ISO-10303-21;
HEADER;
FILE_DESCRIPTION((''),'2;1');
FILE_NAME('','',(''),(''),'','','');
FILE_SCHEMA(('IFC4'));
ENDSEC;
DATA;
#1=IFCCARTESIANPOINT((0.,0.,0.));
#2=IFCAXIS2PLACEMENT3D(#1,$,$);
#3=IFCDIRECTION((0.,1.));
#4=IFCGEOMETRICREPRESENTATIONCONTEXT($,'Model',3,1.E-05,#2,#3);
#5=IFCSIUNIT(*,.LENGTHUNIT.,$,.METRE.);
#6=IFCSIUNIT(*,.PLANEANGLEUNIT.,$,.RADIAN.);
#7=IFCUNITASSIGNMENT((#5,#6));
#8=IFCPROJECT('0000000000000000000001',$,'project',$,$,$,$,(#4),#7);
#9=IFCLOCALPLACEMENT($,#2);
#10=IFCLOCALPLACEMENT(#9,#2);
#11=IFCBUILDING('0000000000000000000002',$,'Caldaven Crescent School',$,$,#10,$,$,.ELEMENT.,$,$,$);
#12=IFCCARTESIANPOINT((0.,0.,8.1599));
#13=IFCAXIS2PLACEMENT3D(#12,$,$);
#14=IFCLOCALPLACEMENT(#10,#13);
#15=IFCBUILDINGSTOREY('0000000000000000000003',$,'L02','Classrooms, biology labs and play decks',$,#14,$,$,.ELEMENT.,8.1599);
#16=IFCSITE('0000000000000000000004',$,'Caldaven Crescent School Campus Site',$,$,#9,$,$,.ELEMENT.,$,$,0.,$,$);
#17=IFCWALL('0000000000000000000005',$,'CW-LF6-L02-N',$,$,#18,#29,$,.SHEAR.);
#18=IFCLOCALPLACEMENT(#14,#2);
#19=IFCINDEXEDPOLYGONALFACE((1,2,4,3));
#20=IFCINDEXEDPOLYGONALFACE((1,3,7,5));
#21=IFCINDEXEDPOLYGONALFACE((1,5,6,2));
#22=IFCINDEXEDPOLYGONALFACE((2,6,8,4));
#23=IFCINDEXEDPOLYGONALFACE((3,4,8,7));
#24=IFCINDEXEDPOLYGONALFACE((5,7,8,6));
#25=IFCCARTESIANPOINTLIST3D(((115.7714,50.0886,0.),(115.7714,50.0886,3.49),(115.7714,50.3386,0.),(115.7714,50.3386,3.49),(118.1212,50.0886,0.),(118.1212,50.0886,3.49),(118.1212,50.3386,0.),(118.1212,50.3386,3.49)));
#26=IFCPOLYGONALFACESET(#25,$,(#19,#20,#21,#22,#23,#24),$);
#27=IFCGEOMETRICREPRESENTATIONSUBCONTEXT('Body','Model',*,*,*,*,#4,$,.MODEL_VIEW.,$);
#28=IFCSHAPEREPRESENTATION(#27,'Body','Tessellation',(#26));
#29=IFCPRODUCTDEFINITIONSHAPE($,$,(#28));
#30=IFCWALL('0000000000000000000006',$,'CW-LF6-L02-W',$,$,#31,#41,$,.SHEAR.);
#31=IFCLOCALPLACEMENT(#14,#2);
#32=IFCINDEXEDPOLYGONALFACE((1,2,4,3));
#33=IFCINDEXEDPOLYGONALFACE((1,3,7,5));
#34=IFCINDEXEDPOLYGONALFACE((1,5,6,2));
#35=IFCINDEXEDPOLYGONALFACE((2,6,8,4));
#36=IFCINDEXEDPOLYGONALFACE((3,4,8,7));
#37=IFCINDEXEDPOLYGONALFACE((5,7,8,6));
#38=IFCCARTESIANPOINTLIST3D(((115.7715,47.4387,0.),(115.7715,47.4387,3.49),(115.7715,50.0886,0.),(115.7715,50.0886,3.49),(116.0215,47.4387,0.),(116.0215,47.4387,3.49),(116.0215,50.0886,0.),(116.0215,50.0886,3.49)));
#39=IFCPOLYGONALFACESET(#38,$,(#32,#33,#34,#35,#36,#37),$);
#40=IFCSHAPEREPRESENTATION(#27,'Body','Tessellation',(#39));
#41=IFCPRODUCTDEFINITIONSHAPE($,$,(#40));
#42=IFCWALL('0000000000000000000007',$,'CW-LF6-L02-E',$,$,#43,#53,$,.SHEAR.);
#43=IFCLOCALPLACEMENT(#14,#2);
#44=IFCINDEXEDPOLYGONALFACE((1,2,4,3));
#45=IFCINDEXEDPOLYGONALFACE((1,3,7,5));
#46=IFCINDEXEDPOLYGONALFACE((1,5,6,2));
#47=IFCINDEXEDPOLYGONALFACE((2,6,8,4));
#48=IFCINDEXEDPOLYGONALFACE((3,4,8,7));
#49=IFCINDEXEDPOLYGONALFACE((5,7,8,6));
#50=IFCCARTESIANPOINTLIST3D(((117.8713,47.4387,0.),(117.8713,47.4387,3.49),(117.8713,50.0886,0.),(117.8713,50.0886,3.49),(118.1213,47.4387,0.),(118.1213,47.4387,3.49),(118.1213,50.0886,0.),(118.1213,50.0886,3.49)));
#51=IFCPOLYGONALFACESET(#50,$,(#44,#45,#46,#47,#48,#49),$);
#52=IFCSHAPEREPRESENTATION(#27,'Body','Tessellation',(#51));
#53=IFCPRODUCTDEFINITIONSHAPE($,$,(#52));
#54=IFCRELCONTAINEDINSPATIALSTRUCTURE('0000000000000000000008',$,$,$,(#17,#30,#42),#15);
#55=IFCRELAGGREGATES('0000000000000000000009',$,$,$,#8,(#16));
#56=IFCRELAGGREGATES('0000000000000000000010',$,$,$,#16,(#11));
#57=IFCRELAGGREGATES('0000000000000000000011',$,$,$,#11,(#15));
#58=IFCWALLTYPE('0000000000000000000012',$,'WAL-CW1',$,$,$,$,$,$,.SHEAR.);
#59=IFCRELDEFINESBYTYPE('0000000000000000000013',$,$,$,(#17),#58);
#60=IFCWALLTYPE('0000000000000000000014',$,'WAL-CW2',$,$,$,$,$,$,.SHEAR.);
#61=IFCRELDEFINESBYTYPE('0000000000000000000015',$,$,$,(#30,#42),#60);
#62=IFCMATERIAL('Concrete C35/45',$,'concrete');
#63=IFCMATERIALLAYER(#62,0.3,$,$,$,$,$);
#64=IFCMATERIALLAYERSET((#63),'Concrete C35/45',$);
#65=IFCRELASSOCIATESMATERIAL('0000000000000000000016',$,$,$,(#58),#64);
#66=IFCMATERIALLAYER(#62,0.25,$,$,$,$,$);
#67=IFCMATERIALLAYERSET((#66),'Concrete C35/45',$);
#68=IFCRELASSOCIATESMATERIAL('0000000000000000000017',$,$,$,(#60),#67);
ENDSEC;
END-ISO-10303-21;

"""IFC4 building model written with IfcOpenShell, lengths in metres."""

from ifc_helpers import new_model, si_unit, direction, frame, frame_2d, origin, place, context, subcontext, project, spatial, rectangle, extrude, material, layer, layer_set, type_object, element, save


model = new_model("IFC4")

# Units and contexts
model_context = context("Model", 3, precision=1e-05, world=origin(), true_north=direction((0.0, 1.0)))
body_context = subcontext(model_context, "Body", "Model", "MODEL_VIEW")
ifc_project = project(units=[si_unit("LENGTHUNIT", "METRE"), si_unit("PLANEANGLEUNIT", "RADIAN")], contexts=[model_context])

# Site, building, storey
site_placement = place(None, origin())
site = spatial("IfcSite", under=ifc_project, at=site_placement, Name="Caldaven Crescent School Campus Site", CompositionType="ELEMENT", RefElevation=0.0)
building_placement = place(site_placement, origin())
building = spatial("IfcBuilding", under=site, at=building_placement, Name="Caldaven Crescent School", CompositionType="ELEMENT")
storey_placement = place(building_placement, frame((0.0, 0.0, 8.1599)))
storey = spatial("IfcBuildingStorey", under=building, at=storey_placement, Name="L02", Description="Classrooms, biology labs and play decks", CompositionType="ELEMENT", Elevation=8.1599)

# Wall
ifc_material_1 = material(Name="Concrete C35/45", Category="concrete")
ifc_layer_1 = layer(ifc_material_1, 0.3)
ifc_layer_set_1 = layer_set([ifc_layer_1], Name="Concrete C35/45")
wall_type_1 = type_object("IfcWallType", Name="WAL-CW1", PredefinedType="SHEAR", material=ifc_layer_set_1)
wall_1_placement = place(storey_placement, frame((115.7715, 50.2136, 0.0), z_axis=(0.0, 0.0, 1.0), x_axis=(1.0, 0.0, 0.0)))
element("IfcWall", 1, at=wall_1_placement, inside=storey, type_object=wall_type_1, Name="CW-LF6-L02-N", PredefinedType="SHEAR", context=body_context, shape_type="SweptSolid", body=[
    extrude(rectangle(XDim=2.3499, YDim=0.25, at=frame_2d((1.1748, 0.0))), origin(), (0.0, 0.0, 1.0), 3.49),
])

# Walls
ifc_layer_2 = layer(ifc_material_1, 0.25)
ifc_layer_set_2 = layer_set([ifc_layer_2], Name="Concrete C35/45")
wall_type_2 = type_object("IfcWallType", Name="WAL-CW2", PredefinedType="SHEAR", material=ifc_layer_set_2)
for number, where, z_axis, x_axis, name in (
    (2, (115.8965, 47.4387, 0.0), (0.0, 0.0, 1.0), (0.0, 1.0, 0.0), "CW-LF6-L02-W"),
    (3, (117.9963, 47.4387, 0.0), (0.0, 0.0, 1.0), (0.0, 1.0, 0.0), "CW-LF6-L02-E"),
):
    element("IfcWall", number, at=place(storey_placement, frame(where, z_axis=z_axis, x_axis=x_axis)), inside=storey, type_object=wall_type_2, Name=name, PredefinedType="SHEAR", context=body_context, shape_type="SweptSolid", body=[
        extrude(rectangle(XDim=2.6499, YDim=0.25, at=frame_2d((1.325, 0.0))), origin(), (0.0, 0.0, 1.0), 3.49),
    ])

save(model, "model.ifc")
